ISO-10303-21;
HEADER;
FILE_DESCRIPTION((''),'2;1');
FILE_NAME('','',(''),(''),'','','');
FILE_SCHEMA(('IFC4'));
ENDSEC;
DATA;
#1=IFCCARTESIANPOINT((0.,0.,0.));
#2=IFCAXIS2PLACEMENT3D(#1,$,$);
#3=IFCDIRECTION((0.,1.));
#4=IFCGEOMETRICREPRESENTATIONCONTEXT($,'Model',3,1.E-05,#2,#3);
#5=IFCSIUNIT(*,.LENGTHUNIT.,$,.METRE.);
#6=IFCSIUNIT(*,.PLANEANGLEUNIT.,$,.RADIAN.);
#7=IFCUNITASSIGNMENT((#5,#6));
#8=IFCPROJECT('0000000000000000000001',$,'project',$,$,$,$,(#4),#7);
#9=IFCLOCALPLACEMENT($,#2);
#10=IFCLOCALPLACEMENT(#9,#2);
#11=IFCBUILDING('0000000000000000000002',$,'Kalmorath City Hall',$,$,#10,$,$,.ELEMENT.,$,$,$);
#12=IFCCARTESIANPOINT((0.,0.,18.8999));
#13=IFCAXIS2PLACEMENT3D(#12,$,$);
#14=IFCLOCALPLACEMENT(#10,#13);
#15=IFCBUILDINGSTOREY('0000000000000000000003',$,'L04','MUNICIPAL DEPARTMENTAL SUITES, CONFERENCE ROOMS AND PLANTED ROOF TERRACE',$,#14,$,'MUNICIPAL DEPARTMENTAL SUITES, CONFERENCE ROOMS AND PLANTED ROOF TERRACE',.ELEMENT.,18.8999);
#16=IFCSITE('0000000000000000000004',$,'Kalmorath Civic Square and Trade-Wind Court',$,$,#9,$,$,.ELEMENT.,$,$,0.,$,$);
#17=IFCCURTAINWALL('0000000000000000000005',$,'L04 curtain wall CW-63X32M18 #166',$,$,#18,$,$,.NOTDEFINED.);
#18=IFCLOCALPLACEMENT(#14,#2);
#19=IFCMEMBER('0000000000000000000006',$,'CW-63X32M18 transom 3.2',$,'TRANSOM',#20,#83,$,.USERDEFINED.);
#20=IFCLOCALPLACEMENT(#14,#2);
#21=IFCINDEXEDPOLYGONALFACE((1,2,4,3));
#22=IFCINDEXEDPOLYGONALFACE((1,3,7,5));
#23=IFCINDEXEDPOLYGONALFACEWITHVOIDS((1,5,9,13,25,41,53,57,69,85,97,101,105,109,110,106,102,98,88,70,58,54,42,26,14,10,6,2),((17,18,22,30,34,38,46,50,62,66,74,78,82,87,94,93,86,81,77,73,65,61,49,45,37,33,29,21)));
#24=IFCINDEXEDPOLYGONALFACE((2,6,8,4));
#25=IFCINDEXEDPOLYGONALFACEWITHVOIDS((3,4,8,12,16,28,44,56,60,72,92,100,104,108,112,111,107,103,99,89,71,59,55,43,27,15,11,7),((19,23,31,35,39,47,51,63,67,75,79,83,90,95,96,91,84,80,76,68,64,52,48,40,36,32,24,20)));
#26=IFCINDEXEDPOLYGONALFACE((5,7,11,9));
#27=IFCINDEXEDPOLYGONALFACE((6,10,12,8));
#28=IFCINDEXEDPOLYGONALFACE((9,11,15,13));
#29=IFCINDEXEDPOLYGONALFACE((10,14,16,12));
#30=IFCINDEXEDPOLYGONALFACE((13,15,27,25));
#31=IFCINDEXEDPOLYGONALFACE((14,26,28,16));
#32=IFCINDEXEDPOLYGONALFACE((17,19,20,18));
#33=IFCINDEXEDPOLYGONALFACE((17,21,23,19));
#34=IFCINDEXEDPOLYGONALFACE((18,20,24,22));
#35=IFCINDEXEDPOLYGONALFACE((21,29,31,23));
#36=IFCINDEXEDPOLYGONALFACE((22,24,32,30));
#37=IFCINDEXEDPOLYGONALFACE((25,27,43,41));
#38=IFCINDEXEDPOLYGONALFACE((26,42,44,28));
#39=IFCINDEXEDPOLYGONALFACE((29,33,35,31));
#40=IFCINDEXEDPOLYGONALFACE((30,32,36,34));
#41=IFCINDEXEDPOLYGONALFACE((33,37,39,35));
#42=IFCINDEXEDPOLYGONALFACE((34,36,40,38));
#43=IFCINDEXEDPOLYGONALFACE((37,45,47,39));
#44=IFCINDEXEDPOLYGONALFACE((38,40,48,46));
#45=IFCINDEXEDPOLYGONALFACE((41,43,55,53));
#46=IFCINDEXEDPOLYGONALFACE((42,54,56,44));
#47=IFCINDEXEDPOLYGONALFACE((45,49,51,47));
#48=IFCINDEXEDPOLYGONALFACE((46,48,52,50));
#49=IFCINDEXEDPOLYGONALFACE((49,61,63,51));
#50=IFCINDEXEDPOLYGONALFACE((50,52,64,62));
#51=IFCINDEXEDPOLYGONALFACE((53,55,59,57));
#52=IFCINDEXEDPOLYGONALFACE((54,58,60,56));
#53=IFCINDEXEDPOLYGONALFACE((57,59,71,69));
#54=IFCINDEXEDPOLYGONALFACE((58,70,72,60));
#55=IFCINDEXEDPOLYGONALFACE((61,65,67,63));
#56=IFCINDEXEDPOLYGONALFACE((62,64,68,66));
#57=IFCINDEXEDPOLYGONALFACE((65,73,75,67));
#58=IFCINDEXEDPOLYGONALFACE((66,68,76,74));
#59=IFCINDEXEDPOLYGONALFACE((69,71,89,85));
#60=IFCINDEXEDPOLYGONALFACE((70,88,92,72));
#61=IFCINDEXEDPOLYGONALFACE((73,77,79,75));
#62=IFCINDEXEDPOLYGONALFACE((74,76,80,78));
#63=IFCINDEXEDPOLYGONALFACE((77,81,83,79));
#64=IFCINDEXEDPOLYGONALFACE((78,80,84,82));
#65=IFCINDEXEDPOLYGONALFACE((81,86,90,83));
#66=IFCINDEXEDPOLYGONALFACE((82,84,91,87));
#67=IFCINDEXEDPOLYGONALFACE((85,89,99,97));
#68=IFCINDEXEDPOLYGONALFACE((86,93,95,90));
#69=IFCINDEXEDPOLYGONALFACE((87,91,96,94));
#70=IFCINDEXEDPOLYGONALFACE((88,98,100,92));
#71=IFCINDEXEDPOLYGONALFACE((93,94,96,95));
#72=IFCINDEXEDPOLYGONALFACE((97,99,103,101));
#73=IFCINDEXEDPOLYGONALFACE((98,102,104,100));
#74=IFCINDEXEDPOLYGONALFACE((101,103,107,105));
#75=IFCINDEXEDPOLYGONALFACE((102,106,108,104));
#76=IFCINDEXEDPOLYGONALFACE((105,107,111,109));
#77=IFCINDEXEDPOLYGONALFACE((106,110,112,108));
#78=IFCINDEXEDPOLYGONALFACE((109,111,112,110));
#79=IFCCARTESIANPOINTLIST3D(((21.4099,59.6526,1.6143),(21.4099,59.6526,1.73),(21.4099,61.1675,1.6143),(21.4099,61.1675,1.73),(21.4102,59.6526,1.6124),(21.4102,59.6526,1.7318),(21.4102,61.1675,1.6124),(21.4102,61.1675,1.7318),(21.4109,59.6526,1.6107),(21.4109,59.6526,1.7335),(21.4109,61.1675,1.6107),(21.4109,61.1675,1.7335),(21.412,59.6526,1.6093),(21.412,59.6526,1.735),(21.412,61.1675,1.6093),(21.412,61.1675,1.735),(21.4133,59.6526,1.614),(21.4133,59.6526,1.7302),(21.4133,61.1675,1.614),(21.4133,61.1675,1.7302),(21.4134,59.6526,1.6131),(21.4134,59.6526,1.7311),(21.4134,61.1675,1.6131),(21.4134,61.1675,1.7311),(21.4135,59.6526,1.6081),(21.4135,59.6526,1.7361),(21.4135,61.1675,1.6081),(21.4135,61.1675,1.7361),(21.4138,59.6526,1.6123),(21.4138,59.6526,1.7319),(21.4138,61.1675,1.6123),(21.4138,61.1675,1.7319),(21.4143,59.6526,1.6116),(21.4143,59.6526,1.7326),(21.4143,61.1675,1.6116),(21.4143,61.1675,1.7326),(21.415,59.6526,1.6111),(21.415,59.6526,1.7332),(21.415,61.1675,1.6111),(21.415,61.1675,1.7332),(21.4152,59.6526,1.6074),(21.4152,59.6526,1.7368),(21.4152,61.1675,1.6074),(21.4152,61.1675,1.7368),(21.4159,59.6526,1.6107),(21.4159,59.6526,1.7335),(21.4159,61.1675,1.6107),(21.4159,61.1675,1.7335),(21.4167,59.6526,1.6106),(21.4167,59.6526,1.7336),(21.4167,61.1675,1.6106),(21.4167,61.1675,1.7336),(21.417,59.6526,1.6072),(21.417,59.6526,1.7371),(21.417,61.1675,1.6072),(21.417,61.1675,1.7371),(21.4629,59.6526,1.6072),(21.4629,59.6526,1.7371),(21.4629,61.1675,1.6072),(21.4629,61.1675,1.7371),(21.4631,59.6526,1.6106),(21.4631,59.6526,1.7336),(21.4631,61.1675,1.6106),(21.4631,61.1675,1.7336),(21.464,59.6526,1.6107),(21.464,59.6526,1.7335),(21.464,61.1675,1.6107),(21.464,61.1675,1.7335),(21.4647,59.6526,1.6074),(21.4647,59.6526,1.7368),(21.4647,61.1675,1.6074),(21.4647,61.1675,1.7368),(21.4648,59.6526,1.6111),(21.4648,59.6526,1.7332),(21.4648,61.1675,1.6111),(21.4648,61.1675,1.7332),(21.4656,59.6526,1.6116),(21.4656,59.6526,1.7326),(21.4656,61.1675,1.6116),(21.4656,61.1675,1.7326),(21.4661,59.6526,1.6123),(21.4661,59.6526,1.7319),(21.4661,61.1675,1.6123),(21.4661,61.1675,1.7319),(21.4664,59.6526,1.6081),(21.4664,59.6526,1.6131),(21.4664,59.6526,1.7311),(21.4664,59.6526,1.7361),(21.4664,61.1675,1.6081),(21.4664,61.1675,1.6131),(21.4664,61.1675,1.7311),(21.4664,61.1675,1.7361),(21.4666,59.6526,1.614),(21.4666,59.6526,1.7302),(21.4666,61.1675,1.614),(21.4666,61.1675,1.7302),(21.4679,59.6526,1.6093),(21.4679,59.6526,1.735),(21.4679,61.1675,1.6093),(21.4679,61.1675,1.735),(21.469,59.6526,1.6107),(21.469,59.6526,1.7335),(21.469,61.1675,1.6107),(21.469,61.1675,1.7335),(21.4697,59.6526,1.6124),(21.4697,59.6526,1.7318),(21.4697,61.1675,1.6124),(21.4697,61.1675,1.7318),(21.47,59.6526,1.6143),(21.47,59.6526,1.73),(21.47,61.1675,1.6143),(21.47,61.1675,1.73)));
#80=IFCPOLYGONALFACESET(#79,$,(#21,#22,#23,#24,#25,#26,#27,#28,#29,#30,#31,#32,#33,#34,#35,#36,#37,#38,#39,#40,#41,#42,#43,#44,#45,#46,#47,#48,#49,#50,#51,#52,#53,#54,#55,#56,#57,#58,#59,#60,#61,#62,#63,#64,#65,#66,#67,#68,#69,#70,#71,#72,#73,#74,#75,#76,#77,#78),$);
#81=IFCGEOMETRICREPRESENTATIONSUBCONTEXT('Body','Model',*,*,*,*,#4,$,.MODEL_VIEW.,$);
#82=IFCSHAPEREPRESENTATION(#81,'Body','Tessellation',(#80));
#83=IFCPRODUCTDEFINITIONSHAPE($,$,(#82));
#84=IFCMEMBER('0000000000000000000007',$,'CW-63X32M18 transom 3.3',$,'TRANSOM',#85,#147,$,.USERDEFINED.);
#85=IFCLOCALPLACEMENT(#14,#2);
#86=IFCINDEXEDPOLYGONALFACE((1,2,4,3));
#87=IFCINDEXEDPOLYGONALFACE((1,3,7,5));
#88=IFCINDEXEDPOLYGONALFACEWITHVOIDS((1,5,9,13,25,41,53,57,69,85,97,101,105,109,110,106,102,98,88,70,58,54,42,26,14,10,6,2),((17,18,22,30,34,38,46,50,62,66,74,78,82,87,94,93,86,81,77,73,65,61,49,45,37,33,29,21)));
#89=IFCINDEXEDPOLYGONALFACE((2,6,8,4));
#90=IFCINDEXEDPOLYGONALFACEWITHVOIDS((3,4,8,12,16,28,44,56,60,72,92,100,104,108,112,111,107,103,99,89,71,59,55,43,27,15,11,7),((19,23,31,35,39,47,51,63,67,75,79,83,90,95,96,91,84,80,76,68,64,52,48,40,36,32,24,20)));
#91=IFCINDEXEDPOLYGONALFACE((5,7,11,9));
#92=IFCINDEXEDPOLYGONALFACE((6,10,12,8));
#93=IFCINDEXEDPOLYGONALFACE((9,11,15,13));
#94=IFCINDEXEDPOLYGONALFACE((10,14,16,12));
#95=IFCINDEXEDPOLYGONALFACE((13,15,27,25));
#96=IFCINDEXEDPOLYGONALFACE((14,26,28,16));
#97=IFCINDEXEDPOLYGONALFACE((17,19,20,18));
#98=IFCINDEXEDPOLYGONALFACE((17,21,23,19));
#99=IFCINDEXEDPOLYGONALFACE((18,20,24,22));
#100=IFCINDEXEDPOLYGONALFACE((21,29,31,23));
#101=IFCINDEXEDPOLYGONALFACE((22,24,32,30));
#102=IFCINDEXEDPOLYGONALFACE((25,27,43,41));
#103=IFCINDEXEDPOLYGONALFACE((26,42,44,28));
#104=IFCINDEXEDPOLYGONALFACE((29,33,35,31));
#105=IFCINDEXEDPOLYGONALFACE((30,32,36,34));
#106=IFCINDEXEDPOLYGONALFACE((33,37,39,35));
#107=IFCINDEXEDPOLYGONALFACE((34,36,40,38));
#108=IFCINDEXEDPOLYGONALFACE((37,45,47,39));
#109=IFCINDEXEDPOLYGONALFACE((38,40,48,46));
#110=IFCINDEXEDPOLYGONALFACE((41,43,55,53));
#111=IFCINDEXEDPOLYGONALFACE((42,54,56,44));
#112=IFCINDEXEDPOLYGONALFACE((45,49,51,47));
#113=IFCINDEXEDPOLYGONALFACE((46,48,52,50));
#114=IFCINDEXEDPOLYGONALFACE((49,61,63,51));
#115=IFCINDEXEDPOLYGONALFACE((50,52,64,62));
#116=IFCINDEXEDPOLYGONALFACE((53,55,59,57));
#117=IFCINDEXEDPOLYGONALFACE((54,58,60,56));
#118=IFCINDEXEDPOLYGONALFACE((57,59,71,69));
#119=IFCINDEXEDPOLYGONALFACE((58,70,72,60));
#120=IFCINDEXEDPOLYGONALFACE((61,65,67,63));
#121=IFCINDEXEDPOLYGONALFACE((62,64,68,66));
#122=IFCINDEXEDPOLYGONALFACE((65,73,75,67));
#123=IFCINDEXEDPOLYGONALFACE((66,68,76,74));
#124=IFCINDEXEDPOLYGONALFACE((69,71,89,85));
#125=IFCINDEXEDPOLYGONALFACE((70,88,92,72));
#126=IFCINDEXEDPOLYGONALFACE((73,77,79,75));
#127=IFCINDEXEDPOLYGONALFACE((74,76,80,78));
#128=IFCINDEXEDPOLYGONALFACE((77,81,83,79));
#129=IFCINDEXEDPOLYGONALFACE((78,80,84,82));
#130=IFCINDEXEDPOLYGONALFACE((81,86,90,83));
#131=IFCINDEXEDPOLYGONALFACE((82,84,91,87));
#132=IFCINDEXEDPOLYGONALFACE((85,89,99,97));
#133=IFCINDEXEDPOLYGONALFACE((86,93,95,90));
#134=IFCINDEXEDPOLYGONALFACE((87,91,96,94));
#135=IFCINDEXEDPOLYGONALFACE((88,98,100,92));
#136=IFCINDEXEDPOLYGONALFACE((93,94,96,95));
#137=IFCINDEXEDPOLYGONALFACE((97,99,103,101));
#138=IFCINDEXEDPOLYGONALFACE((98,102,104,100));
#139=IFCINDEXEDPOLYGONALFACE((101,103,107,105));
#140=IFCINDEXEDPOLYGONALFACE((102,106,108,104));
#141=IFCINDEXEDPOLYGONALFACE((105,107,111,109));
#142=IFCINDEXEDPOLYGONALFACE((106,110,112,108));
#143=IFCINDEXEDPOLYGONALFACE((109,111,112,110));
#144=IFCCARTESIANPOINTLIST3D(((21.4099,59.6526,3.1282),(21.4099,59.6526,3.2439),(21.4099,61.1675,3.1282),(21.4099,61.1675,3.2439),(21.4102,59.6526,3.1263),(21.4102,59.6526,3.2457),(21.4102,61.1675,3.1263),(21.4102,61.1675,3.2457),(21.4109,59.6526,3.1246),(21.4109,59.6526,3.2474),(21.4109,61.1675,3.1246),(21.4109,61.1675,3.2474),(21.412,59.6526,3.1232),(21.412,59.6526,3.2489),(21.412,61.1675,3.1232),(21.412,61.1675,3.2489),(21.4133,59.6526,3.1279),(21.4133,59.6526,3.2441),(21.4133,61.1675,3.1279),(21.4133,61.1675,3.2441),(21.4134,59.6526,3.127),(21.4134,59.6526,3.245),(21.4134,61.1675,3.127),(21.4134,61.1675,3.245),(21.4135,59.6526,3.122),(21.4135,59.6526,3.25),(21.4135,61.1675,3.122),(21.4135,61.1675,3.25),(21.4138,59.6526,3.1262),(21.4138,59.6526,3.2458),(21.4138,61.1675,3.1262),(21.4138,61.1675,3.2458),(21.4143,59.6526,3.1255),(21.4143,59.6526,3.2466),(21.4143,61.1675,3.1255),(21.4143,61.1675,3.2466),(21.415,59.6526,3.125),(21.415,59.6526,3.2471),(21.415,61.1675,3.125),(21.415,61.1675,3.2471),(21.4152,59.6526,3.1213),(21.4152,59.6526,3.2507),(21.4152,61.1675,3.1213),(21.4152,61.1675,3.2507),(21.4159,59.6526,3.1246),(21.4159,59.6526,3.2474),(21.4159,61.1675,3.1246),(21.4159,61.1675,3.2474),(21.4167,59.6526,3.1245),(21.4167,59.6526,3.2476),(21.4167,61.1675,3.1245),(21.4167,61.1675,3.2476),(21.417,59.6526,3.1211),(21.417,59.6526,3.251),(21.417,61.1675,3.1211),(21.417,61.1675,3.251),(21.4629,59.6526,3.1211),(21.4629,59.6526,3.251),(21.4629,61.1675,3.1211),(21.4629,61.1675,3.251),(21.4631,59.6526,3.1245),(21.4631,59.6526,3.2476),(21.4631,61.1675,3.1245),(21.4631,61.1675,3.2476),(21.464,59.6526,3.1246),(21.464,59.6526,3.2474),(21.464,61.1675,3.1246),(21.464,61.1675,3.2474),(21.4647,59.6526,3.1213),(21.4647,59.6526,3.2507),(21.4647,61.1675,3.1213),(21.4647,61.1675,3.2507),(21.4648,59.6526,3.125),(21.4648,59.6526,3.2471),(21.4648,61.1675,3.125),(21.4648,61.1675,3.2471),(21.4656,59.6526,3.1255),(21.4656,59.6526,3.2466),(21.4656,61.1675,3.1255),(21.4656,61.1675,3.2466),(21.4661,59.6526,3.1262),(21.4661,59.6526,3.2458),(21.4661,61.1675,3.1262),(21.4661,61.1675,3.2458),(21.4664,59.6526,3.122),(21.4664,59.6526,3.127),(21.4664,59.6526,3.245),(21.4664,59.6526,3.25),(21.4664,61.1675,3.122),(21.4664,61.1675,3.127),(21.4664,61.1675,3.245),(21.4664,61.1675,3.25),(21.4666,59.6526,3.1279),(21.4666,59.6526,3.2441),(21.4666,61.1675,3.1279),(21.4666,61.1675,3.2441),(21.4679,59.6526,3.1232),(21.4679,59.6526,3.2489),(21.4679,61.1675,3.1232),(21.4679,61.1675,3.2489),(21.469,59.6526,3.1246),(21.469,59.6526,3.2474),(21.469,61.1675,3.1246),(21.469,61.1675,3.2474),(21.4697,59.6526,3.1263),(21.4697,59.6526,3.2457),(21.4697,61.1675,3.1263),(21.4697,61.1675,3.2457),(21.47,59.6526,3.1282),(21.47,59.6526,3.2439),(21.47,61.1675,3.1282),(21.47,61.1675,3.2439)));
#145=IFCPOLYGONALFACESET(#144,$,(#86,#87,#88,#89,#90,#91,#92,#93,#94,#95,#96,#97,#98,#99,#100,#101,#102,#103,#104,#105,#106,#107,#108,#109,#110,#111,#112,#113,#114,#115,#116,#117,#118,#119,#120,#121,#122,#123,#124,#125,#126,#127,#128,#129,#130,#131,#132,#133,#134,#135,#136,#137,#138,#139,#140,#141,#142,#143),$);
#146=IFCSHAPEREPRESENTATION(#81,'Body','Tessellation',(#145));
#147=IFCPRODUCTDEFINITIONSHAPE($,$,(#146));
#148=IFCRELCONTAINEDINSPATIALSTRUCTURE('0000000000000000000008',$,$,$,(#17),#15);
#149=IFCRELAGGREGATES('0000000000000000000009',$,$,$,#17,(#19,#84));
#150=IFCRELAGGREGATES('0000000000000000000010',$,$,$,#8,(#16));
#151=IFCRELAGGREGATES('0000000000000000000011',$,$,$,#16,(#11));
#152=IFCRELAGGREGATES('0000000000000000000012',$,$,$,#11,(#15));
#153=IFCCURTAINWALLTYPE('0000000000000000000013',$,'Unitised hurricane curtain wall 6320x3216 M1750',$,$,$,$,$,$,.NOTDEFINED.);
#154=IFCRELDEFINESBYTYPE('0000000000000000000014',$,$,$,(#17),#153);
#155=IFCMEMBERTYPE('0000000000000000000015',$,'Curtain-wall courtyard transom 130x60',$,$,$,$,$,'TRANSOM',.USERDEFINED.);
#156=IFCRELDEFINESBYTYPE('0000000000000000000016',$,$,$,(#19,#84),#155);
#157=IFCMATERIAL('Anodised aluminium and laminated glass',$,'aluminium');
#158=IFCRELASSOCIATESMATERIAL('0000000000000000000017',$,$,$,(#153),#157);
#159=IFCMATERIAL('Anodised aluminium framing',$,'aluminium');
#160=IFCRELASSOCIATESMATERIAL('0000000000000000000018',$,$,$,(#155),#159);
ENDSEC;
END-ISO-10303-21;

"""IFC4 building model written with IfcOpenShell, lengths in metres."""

from ifc_helpers import new_model, si_unit, direction, frame, origin, origin_2d, place, context, subcontext, project, spatial, hollow_rectangle, extrude, material, material_profile, profile_set, type_object, element, aggregate, save


model = new_model("IFC4")

# Units and contexts
model_context = context("Model", 3, precision=1e-05, world=origin(), true_north=direction((0.0, 1.0)))
body_context = subcontext(model_context, "Body", "Model", "MODEL_VIEW")
ifc_project = project(units=[si_unit("LENGTHUNIT", "METRE"), si_unit("PLANEANGLEUNIT", "RADIAN")], contexts=[model_context])

# Site, building, storey
site_placement = place(None, origin())
site = spatial("IfcSite", under=ifc_project, at=site_placement, Name="Kalmorath Civic Square and Trade-Wind Court", CompositionType="ELEMENT", RefElevation=0.0)
building_placement = place(site_placement, origin())
building = spatial("IfcBuilding", under=site, at=building_placement, Name="Kalmorath City Hall", CompositionType="ELEMENT")
storey_placement = place(building_placement, frame((0.0, 0.0, 18.8999)))
storey = spatial("IfcBuildingStorey", under=building, at=storey_placement, Name="L04", Description="MUNICIPAL DEPARTMENTAL SUITES, CONFERENCE ROOMS AND PLANTED ROOF TERRACE", LongName="MUNICIPAL DEPARTMENTAL SUITES, CONFERENCE ROOMS AND PLANTED ROOF TERRACE", CompositionType="ELEMENT", Elevation=18.8999)

# Curtain wall, members
ifc_material_1 = material(Name="Anodised aluminium and laminated glass", Category="aluminium")
curtain_wall_type = type_object("IfcCurtainWallType", Name="Unitised hurricane curtain wall 6320x3216 M1750", PredefinedType="NOTDEFINED", material=ifc_material_1)
curtain_wall_placement = place(storey_placement, origin())
curtain_wall = element("IfcCurtainWall", 1, at=curtain_wall_placement, inside=storey, type_object=curtain_wall_type, Name="L04 curtain wall CW-63X32M18 #166", PredefinedType="NOTDEFINED")
ifc_material_2 = material(Name="Anodised aluminium framing", Category="aluminium")
ifc_material_profile_1 = material_profile(ifc_material_2, hollow_rectangle(XDim=0.0601, YDim=0.1299, WallThickness=0.0034, InnerFilletRadius=0.0034, OuterFilletRadius=0.0071, at=origin_2d()), Name="ALU-TRN-130X60X3.5")
ifc_profile_set_1 = profile_set([ifc_material_profile_1], Name="Anodised aluminium framing")
member_type = type_object("IfcMemberType", Name="Curtain-wall courtyard transom 130x60", ElementType="TRANSOM", PredefinedType="USERDEFINED", material=ifc_profile_set_1)
member_1_placement = place(storey_placement, frame((21.4399, 61.1675, 1.6721), z_axis=(0.0, -1.0, 0.0), x_axis=(1.0, 0.0, 0.0)))
member_1 = element("IfcMember", 2, at=member_1_placement, type_object=member_type, Name="CW-63X32M18 transom 3.2", ObjectType="TRANSOM", PredefinedType="USERDEFINED", context=body_context, shape_type="SweptSolid", body=[
    extrude(hollow_rectangle(XDim=0.0601, YDim=0.1299, WallThickness=0.0034, InnerFilletRadius=0.0034, OuterFilletRadius=0.0071, at=origin_2d()), origin(), (0.0, 0.0, 1.0), 1.5149),
])
member_2_placement = place(storey_placement, frame((21.4399, 61.1675, 3.186), z_axis=(0.0, -1.0, 0.0), x_axis=(1.0, 0.0, 0.0)))
member_2 = element("IfcMember", 3, at=member_2_placement, type_object=member_type, Name="CW-63X32M18 transom 3.3", ObjectType="TRANSOM", PredefinedType="USERDEFINED", context=body_context, shape_type="SweptSolid", body=[
    extrude(hollow_rectangle(XDim=0.0601, YDim=0.1299, WallThickness=0.0034, InnerFilletRadius=0.0034, OuterFilletRadius=0.0071, at=origin_2d()), origin(), (0.0, 0.0, 1.0), 1.5149),
])

aggregate(curtain_wall, [member_1, member_2])

save(model, "model.ifc")
